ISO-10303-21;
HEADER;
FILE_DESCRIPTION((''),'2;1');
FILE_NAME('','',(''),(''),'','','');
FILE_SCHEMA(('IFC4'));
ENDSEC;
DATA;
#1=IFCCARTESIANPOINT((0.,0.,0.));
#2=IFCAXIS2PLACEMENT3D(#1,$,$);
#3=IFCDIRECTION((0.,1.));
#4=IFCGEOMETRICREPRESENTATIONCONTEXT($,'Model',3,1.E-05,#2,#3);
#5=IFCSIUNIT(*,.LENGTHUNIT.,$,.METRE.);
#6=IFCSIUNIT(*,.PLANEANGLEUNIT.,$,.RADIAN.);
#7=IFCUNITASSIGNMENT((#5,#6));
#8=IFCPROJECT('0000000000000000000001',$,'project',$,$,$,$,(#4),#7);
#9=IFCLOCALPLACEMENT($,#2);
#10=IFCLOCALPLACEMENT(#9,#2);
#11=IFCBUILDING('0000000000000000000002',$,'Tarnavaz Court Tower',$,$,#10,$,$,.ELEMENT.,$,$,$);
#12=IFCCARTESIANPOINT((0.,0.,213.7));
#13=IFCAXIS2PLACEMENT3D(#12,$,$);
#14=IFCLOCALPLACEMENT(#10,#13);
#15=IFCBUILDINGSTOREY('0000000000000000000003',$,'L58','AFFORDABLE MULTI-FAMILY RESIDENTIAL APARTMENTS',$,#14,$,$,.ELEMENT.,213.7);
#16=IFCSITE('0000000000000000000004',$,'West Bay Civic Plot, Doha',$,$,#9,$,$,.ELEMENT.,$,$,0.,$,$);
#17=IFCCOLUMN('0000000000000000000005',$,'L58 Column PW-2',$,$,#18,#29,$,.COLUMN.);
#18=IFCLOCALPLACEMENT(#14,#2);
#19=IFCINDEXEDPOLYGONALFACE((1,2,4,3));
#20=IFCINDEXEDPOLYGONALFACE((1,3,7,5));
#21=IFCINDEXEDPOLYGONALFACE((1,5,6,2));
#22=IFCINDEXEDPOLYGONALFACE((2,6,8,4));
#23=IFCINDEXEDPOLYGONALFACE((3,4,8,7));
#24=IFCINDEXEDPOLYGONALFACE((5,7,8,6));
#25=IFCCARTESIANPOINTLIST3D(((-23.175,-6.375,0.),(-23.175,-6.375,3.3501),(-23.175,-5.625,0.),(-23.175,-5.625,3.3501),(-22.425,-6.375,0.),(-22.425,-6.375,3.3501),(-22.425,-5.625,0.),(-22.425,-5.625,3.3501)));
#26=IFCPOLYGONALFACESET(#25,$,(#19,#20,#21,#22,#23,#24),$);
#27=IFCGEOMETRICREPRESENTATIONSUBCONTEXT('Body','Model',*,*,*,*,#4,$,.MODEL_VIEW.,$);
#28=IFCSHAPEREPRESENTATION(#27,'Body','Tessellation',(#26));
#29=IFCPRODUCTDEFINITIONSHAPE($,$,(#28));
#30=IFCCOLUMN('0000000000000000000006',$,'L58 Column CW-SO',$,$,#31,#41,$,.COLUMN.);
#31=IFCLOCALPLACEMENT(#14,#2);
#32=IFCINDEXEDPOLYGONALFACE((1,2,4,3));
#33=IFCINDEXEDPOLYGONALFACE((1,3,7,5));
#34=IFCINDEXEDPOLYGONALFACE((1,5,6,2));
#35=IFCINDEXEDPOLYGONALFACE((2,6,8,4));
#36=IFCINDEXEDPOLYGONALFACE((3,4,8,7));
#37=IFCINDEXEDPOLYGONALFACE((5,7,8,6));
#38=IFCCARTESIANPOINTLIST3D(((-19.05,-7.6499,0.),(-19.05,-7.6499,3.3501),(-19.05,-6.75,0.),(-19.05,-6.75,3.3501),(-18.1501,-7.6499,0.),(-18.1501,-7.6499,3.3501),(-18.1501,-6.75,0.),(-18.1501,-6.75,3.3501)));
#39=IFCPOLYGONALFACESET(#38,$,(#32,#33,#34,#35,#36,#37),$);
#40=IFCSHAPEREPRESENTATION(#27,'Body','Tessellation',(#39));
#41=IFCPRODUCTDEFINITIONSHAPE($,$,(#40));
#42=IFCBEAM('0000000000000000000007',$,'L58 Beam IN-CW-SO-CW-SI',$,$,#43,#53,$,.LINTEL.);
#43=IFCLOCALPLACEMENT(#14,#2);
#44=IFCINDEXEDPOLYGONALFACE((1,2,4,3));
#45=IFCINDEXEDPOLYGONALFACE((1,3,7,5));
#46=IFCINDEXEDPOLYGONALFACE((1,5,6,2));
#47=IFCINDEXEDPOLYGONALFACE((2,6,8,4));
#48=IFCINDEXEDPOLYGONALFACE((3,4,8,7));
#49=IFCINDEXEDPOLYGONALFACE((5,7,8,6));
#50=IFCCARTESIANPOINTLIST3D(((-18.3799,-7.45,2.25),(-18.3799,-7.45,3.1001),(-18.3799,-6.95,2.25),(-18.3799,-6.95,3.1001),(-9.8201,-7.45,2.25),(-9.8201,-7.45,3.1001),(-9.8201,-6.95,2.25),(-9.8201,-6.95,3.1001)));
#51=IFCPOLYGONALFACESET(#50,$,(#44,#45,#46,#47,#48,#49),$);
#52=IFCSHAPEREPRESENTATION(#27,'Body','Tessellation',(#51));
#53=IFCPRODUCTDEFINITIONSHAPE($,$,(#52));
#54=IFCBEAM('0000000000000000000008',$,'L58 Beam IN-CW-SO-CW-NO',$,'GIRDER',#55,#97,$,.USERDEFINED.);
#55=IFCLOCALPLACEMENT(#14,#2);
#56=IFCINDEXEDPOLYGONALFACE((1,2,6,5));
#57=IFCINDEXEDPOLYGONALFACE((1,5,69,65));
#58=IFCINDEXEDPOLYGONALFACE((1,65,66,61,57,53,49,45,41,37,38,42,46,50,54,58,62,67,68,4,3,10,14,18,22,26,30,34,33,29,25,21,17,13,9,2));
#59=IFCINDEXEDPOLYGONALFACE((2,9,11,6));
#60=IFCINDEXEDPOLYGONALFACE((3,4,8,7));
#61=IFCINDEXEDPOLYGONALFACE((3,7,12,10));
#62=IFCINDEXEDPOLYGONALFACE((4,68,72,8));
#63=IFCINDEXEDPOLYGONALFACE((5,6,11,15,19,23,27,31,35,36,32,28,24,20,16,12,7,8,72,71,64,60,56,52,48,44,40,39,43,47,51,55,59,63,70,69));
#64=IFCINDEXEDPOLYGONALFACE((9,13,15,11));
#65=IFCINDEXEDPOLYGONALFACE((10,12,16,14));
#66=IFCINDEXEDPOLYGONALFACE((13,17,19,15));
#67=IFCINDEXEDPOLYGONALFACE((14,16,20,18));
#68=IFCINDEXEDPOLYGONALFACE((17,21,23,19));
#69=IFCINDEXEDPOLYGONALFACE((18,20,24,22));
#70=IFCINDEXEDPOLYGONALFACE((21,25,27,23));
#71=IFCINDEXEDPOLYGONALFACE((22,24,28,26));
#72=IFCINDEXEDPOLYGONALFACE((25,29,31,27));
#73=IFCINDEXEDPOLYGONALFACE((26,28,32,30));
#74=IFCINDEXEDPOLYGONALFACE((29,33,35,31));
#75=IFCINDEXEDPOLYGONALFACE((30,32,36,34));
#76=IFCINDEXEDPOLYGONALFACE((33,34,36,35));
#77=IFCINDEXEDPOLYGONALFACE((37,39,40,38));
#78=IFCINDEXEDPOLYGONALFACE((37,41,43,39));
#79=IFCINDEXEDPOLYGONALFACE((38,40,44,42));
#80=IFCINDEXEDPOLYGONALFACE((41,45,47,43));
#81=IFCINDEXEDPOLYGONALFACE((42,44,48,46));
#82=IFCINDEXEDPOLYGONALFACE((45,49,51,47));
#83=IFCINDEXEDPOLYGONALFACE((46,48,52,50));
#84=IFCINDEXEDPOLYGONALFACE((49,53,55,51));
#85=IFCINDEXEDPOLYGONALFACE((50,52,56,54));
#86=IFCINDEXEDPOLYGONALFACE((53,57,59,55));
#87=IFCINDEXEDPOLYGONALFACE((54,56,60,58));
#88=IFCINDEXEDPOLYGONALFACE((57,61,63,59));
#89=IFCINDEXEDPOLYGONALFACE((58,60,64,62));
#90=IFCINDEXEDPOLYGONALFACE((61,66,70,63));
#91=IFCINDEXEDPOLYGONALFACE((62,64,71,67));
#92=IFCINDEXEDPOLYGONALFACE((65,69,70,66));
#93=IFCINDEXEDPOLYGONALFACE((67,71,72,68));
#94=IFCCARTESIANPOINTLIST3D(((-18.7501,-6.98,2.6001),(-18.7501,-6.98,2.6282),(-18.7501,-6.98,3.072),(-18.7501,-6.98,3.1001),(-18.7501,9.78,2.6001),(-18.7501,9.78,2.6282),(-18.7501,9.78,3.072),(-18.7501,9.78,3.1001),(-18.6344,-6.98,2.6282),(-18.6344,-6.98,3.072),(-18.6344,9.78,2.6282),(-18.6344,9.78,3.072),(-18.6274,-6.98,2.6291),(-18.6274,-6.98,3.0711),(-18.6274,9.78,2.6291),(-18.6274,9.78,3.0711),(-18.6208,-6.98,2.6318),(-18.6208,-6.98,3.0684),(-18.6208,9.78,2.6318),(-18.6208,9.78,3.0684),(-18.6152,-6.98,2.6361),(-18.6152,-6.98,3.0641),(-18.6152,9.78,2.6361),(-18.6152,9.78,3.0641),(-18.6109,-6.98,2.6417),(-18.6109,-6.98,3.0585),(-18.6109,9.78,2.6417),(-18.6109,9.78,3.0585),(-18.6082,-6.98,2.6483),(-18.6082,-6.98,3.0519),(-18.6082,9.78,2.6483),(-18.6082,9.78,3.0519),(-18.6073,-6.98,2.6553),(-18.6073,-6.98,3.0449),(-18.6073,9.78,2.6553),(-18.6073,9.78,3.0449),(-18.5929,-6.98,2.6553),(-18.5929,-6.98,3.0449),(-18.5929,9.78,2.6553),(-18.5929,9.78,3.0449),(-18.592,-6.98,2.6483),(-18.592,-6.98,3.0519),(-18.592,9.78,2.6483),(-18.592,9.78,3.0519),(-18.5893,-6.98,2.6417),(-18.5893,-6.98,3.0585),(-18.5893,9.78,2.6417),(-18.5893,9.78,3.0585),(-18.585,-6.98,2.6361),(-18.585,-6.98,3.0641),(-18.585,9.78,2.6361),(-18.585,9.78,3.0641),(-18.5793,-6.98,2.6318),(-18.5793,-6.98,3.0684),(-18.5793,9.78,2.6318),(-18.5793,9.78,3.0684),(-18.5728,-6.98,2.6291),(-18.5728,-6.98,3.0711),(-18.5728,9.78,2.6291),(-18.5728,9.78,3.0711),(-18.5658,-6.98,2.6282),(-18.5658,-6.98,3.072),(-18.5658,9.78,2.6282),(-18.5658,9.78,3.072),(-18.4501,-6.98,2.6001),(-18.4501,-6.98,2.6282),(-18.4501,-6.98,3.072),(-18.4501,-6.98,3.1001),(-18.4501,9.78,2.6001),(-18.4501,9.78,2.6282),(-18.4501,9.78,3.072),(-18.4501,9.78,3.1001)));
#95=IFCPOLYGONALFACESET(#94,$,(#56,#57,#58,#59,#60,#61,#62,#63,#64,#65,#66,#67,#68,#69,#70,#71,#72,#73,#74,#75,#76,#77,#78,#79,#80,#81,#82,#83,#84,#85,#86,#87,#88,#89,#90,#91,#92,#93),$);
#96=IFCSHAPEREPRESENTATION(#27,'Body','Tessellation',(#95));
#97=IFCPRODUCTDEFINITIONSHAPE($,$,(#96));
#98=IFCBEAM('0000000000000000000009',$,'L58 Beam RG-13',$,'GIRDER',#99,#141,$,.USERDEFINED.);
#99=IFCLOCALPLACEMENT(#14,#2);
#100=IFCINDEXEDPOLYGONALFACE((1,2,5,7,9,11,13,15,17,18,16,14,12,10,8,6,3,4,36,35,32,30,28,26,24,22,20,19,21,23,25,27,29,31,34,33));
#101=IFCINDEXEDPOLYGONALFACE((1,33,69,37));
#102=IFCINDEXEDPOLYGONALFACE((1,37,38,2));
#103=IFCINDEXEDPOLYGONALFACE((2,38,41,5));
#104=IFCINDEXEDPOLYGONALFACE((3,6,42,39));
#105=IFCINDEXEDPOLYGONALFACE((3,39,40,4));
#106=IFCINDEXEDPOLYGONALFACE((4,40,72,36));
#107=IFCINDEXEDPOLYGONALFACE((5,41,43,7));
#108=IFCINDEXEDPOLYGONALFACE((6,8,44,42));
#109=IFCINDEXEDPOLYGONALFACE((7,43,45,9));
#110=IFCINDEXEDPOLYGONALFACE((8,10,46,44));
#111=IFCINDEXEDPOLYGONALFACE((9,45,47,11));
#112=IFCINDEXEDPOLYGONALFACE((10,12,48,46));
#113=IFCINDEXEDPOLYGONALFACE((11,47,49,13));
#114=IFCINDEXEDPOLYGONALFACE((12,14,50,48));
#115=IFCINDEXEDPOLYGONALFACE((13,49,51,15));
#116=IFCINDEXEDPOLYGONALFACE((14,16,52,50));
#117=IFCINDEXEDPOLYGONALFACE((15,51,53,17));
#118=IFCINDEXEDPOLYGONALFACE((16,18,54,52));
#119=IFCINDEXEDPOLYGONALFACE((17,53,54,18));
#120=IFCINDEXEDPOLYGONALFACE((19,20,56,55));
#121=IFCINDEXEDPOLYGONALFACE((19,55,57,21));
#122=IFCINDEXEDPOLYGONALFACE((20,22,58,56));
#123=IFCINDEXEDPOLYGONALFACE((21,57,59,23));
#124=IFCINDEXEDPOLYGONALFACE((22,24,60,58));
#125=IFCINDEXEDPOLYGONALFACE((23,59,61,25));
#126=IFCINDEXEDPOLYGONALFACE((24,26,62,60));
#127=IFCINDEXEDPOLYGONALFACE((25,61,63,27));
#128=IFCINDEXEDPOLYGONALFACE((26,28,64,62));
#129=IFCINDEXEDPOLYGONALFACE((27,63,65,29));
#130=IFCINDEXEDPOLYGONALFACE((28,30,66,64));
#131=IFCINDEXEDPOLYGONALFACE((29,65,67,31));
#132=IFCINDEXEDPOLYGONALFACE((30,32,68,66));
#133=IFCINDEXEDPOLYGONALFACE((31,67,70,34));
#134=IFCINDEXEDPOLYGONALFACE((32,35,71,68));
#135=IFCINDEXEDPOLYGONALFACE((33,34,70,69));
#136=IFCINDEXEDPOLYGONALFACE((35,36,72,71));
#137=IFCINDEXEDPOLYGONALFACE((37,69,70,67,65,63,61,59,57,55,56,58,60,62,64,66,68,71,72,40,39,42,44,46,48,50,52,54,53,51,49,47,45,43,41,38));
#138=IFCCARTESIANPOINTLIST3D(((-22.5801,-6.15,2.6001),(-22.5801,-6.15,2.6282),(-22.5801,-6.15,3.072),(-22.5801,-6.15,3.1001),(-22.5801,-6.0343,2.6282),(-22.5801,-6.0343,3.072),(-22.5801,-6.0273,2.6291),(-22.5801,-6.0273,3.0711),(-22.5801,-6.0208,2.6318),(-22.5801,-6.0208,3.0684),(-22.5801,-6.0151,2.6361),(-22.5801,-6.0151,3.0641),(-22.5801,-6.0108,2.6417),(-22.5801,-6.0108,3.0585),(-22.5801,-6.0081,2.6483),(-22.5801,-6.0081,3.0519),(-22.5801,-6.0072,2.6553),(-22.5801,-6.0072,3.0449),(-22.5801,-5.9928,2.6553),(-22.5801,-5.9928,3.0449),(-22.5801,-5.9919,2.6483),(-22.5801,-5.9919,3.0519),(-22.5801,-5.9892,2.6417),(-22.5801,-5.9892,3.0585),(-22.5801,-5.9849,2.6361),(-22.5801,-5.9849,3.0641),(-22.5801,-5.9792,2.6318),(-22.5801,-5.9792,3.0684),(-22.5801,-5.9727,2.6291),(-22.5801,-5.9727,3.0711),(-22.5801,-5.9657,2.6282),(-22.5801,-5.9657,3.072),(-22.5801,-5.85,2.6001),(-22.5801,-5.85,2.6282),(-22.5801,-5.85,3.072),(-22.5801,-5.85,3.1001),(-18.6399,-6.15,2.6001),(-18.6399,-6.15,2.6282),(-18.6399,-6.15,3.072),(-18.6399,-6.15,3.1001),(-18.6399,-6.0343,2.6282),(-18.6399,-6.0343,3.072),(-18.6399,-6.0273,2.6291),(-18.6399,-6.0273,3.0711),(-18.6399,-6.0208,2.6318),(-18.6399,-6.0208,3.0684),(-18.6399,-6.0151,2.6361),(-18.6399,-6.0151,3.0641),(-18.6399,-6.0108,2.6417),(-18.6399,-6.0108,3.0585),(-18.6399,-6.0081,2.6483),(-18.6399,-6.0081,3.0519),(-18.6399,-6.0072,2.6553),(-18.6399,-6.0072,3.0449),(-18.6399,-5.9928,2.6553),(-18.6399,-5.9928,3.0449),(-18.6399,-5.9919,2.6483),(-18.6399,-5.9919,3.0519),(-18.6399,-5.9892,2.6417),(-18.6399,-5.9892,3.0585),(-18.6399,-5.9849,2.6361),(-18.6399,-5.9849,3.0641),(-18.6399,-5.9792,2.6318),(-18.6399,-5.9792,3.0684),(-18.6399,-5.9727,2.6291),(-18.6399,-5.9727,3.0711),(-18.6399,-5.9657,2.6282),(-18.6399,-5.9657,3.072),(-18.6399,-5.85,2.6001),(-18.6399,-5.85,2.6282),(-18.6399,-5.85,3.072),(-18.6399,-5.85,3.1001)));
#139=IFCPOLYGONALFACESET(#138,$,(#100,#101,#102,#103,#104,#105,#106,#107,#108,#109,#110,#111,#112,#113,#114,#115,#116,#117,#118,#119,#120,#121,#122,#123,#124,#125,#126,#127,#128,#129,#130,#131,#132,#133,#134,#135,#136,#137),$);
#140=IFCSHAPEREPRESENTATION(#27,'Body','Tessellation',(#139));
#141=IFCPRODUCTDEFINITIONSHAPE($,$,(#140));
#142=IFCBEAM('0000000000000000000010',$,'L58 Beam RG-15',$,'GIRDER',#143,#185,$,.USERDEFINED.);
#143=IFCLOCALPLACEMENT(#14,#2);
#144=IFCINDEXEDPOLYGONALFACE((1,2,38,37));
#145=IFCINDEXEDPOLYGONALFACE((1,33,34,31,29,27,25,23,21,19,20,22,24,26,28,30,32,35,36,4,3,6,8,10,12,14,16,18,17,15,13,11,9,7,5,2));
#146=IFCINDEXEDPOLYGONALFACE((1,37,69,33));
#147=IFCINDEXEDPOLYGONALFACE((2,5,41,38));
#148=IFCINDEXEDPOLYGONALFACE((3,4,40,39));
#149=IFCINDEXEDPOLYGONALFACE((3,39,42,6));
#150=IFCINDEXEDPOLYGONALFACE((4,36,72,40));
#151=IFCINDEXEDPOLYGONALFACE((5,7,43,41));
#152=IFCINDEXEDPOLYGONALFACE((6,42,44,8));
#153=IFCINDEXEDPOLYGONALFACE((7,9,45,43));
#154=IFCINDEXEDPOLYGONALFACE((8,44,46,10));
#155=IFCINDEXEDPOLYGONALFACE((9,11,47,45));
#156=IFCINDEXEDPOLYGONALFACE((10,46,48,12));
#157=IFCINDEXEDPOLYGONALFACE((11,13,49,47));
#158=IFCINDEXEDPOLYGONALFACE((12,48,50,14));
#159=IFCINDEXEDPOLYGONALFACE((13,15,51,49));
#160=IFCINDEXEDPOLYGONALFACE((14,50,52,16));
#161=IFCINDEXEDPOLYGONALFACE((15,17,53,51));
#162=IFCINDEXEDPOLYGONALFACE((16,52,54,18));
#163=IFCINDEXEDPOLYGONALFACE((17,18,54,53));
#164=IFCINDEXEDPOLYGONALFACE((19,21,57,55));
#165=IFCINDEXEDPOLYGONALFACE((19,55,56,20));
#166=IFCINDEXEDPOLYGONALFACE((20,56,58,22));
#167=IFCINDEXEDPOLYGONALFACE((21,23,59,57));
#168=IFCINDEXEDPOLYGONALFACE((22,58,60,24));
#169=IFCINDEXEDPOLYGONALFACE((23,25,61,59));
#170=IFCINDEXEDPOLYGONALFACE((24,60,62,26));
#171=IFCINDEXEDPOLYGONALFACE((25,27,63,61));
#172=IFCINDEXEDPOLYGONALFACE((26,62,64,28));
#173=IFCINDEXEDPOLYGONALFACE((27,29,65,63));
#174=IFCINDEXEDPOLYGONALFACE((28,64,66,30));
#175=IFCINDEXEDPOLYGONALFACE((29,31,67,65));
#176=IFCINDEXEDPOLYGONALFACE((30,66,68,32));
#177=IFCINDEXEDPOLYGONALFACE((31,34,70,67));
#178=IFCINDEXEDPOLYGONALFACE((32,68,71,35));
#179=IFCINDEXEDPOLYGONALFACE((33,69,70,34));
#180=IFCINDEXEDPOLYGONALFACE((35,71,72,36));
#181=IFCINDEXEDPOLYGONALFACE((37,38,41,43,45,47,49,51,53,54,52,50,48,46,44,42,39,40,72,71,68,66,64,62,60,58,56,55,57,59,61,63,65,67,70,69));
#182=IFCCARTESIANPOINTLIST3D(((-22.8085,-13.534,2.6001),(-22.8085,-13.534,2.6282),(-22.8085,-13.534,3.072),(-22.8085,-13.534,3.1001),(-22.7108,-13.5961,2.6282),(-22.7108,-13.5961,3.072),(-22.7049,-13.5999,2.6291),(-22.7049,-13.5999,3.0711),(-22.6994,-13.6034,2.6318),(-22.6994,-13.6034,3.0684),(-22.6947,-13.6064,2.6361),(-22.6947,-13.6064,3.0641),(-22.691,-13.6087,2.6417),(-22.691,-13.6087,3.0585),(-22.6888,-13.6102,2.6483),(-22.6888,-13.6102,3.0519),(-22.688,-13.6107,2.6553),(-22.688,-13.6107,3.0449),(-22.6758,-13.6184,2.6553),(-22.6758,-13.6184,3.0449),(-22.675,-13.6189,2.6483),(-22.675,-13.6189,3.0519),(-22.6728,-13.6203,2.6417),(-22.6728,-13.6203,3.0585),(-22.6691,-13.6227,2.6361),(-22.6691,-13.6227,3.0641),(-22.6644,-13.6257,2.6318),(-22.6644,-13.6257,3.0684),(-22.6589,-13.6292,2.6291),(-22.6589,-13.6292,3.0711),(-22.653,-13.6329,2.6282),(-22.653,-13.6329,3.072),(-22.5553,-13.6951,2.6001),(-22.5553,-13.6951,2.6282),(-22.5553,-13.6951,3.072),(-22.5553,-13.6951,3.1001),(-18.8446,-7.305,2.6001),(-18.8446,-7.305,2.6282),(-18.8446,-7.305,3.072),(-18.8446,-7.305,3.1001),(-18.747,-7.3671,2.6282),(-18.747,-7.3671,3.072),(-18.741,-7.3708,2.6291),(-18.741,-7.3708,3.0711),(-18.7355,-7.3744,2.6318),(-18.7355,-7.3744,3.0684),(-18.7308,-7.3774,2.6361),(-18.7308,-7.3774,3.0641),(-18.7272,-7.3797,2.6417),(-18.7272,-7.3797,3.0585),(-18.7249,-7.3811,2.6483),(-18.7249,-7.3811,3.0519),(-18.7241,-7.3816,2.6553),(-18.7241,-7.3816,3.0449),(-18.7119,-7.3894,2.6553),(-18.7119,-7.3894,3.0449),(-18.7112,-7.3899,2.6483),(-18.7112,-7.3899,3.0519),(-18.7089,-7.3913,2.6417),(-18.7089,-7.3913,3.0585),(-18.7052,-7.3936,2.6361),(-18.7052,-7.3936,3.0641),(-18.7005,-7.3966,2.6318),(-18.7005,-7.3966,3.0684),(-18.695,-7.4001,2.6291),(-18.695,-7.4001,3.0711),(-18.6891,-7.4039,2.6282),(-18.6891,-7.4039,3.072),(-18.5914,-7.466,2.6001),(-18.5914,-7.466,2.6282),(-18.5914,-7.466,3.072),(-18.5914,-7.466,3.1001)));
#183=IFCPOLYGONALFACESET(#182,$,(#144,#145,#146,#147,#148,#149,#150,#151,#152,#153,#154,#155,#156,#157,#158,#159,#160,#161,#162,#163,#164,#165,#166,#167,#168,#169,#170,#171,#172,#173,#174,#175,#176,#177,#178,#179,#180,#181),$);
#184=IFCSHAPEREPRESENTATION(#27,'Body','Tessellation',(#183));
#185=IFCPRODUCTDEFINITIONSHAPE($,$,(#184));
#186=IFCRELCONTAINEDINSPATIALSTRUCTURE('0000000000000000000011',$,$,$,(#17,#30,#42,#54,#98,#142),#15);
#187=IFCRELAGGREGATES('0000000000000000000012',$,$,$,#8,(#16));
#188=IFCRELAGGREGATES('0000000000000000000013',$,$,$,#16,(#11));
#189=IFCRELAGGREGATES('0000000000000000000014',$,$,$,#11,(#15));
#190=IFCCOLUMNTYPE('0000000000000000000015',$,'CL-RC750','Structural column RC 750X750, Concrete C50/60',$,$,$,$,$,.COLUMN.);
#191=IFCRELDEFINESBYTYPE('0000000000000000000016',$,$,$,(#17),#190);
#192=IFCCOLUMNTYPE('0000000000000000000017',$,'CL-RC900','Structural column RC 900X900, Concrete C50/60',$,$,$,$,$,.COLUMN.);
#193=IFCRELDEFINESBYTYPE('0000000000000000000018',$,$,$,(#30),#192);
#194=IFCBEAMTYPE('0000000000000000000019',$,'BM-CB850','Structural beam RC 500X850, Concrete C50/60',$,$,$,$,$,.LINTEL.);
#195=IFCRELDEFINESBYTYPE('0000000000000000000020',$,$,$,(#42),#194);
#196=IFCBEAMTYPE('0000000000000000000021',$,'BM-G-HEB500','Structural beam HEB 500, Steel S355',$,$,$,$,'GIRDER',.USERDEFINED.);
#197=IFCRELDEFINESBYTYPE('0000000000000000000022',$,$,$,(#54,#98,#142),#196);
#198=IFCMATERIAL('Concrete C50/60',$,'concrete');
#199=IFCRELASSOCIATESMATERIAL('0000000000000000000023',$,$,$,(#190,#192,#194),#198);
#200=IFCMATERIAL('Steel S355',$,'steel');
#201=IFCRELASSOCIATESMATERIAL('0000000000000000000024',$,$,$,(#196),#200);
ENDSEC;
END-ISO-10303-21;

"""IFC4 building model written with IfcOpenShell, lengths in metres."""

from ifc_helpers import new_model, si_unit, direction, frame, origin, origin_2d, place, context, subcontext, project, spatial, rectangle, i_section, extrude, material, material_profile, profile_set, type_object, element, save


model = new_model("IFC4")

# Units and contexts
model_context = context("Model", 3, precision=1e-05, world=origin(), true_north=direction((0.0, 1.0)))
body_context = subcontext(model_context, "Body", "Model", "MODEL_VIEW")
ifc_project = project(units=[si_unit("LENGTHUNIT", "METRE"), si_unit("PLANEANGLEUNIT", "RADIAN")], contexts=[model_context])

# Site, building, storey
site_placement = place(None, origin())
site = spatial("IfcSite", under=ifc_project, at=site_placement, Name="West Bay Civic Plot, Doha", CompositionType="ELEMENT", RefElevation=0.0)
building_placement = place(site_placement, origin())
building = spatial("IfcBuilding", under=site, at=building_placement, Name="Tarnavaz Court Tower", CompositionType="ELEMENT")
storey_placement = place(building_placement, frame((0.0, 0.0, 213.7)))
storey = spatial("IfcBuildingStorey", under=building, at=storey_placement, Name="L58", Description="AFFORDABLE MULTI-FAMILY RESIDENTIAL APARTMENTS", CompositionType="ELEMENT", Elevation=213.7)

# Columns
ifc_material_1 = material(Name="Concrete C50/60", Category="concrete")
ifc_material_profile_1 = material_profile(ifc_material_1, rectangle(XDim=0.75, YDim=0.75, at=origin_2d()), Name="RC 750X750")
ifc_profile_set_1 = profile_set([ifc_material_profile_1], Name="Concrete C50/60")
column_type_1 = type_object("IfcColumnType", Name="CL-RC750", Description="Structural column RC 750X750, Concrete C50/60", PredefinedType="COLUMN", material=ifc_profile_set_1)
column_1_placement = place(storey_placement, frame((-22.8, -6.0, 0.0), z_axis=(0.0, 0.0, 1.0), x_axis=(1.0, 0.0, 0.0)))
element("IfcColumn", 1, at=column_1_placement, inside=storey, type_object=column_type_1, Name="L58 Column PW-2", PredefinedType="COLUMN", context=body_context, shape_type="SweptSolid", body=[
    extrude(rectangle(XDim=0.75, YDim=0.75, at=origin_2d()), origin(), (0.0, 0.0, 1.0), 3.3501),
])
ifc_material_profile_2 = material_profile(ifc_material_1, rectangle(XDim=0.8999, YDim=0.8999, at=origin_2d()), Name="RC 900X900")
ifc_profile_set_2 = profile_set([ifc_material_profile_2], Name="Concrete C50/60")
column_type_2 = type_object("IfcColumnType", Name="CL-RC900", Description="Structural column RC 900X900, Concrete C50/60", PredefinedType="COLUMN", material=ifc_profile_set_2)
column_2_placement = place(storey_placement, frame((-18.6001, -7.2, 0.0), z_axis=(0.0, 0.0, 1.0), x_axis=(1.0, 0.0, 0.0)))
element("IfcColumn", 2, at=column_2_placement, inside=storey, type_object=column_type_2, Name="L58 Column CW-SO", PredefinedType="COLUMN", context=body_context, shape_type="SweptSolid", body=[
    extrude(rectangle(XDim=0.8999, YDim=0.8999, at=origin_2d()), origin(), (0.0, 0.0, 1.0), 3.3501),
])

# Beams
ifc_material_profile_3 = material_profile(ifc_material_1, rectangle(XDim=0.5, YDim=0.8501, at=origin_2d()), Name="RC 500X850")
ifc_profile_set_3 = profile_set([ifc_material_profile_3], Name="Concrete C50/60")
beam_type_1 = type_object("IfcBeamType", Name="BM-CB850", Description="Structural beam RC 500X850, Concrete C50/60", PredefinedType="LINTEL", material=ifc_profile_set_3)
beam_1_placement = place(storey_placement, frame((-18.3799, -7.2, 2.675), z_axis=(1.0, 0.0, 0.0), x_axis=(0.0, 1.0, 0.0)))
element("IfcBeam", 3, at=beam_1_placement, inside=storey, type_object=beam_type_1, Name="L58 Beam IN-CW-SO-CW-SI", PredefinedType="LINTEL", context=body_context, shape_type="SweptSolid", body=[
    extrude(rectangle(XDim=0.5, YDim=0.8501, at=origin_2d()), origin(), (0.0, 0.0, 1.0), 8.5598),
])
ifc_material_2 = material(Name="Steel S355", Category="steel")
ifc_material_profile_4 = material_profile(ifc_material_2, i_section(OverallWidth=0.3, OverallDepth=0.5, WebThickness=0.0144, FlangeThickness=0.0281, FilletRadius=0.0271, at=origin_2d()), Name="HEB 500")
ifc_profile_set_4 = profile_set([ifc_material_profile_4], Name="Steel S355")
beam_type_2 = type_object("IfcBeamType", Name="BM-G-HEB500", Description="Structural beam HEB 500, Steel S355", ElementType="GIRDER", PredefinedType="USERDEFINED", material=ifc_profile_set_4)
beam_2_placement = place(storey_placement, frame((-18.6001, -6.98, 2.8501), z_axis=(0.0, 1.0, 0.0), x_axis=(-1.0, 0.0, 0.0)))
element("IfcBeam", 4, at=beam_2_placement, inside=storey, type_object=beam_type_2, Name="L58 Beam IN-CW-SO-CW-NO", ObjectType="GIRDER", PredefinedType="USERDEFINED", context=body_context, shape_type="SweptSolid", body=[
    extrude(i_section(OverallWidth=0.3, OverallDepth=0.5, WebThickness=0.0144, FlangeThickness=0.0281, FilletRadius=0.0271, at=origin_2d()), origin(), (0.0, 0.0, 1.0), 16.76),
])
beam_3_placement = place(storey_placement, frame((-18.6399, -6.0, 2.8501), z_axis=(-1.0, 0.0, 0.0), x_axis=(0.0, -1.0, 0.0)))
element("IfcBeam", 5, at=beam_3_placement, inside=storey, type_object=beam_type_2, Name="L58 Beam RG-13", ObjectType="GIRDER", PredefinedType="USERDEFINED", context=body_context, shape_type="SweptSolid", body=[
    extrude(i_section(OverallWidth=0.3, OverallDepth=0.5, WebThickness=0.0144, FlangeThickness=0.0281, FilletRadius=0.0271, at=origin_2d()), origin(), (0.0, 0.0, 1.0), 3.9402),
])
beam_4_placement = place(storey_placement, frame((-18.718, -7.3855, 2.8501), z_axis=(-0.536871, -0.843664, 0.0), x_axis=(0.843664, -0.536871, 0.0)))
element("IfcBeam", 6, at=beam_4_placement, inside=storey, type_object=beam_type_2, Name="L58 Beam RG-15", ObjectType="GIRDER", PredefinedType="USERDEFINED", context=body_context, shape_type="SweptSolid", body=[
    extrude(i_section(OverallWidth=0.3, OverallDepth=0.5, WebThickness=0.0144, FlangeThickness=0.0281, FilletRadius=0.0271, at=origin_2d()), origin(), (0.0, 0.0, 1.0), 7.3833),
])

save(model, "model.ifc")
